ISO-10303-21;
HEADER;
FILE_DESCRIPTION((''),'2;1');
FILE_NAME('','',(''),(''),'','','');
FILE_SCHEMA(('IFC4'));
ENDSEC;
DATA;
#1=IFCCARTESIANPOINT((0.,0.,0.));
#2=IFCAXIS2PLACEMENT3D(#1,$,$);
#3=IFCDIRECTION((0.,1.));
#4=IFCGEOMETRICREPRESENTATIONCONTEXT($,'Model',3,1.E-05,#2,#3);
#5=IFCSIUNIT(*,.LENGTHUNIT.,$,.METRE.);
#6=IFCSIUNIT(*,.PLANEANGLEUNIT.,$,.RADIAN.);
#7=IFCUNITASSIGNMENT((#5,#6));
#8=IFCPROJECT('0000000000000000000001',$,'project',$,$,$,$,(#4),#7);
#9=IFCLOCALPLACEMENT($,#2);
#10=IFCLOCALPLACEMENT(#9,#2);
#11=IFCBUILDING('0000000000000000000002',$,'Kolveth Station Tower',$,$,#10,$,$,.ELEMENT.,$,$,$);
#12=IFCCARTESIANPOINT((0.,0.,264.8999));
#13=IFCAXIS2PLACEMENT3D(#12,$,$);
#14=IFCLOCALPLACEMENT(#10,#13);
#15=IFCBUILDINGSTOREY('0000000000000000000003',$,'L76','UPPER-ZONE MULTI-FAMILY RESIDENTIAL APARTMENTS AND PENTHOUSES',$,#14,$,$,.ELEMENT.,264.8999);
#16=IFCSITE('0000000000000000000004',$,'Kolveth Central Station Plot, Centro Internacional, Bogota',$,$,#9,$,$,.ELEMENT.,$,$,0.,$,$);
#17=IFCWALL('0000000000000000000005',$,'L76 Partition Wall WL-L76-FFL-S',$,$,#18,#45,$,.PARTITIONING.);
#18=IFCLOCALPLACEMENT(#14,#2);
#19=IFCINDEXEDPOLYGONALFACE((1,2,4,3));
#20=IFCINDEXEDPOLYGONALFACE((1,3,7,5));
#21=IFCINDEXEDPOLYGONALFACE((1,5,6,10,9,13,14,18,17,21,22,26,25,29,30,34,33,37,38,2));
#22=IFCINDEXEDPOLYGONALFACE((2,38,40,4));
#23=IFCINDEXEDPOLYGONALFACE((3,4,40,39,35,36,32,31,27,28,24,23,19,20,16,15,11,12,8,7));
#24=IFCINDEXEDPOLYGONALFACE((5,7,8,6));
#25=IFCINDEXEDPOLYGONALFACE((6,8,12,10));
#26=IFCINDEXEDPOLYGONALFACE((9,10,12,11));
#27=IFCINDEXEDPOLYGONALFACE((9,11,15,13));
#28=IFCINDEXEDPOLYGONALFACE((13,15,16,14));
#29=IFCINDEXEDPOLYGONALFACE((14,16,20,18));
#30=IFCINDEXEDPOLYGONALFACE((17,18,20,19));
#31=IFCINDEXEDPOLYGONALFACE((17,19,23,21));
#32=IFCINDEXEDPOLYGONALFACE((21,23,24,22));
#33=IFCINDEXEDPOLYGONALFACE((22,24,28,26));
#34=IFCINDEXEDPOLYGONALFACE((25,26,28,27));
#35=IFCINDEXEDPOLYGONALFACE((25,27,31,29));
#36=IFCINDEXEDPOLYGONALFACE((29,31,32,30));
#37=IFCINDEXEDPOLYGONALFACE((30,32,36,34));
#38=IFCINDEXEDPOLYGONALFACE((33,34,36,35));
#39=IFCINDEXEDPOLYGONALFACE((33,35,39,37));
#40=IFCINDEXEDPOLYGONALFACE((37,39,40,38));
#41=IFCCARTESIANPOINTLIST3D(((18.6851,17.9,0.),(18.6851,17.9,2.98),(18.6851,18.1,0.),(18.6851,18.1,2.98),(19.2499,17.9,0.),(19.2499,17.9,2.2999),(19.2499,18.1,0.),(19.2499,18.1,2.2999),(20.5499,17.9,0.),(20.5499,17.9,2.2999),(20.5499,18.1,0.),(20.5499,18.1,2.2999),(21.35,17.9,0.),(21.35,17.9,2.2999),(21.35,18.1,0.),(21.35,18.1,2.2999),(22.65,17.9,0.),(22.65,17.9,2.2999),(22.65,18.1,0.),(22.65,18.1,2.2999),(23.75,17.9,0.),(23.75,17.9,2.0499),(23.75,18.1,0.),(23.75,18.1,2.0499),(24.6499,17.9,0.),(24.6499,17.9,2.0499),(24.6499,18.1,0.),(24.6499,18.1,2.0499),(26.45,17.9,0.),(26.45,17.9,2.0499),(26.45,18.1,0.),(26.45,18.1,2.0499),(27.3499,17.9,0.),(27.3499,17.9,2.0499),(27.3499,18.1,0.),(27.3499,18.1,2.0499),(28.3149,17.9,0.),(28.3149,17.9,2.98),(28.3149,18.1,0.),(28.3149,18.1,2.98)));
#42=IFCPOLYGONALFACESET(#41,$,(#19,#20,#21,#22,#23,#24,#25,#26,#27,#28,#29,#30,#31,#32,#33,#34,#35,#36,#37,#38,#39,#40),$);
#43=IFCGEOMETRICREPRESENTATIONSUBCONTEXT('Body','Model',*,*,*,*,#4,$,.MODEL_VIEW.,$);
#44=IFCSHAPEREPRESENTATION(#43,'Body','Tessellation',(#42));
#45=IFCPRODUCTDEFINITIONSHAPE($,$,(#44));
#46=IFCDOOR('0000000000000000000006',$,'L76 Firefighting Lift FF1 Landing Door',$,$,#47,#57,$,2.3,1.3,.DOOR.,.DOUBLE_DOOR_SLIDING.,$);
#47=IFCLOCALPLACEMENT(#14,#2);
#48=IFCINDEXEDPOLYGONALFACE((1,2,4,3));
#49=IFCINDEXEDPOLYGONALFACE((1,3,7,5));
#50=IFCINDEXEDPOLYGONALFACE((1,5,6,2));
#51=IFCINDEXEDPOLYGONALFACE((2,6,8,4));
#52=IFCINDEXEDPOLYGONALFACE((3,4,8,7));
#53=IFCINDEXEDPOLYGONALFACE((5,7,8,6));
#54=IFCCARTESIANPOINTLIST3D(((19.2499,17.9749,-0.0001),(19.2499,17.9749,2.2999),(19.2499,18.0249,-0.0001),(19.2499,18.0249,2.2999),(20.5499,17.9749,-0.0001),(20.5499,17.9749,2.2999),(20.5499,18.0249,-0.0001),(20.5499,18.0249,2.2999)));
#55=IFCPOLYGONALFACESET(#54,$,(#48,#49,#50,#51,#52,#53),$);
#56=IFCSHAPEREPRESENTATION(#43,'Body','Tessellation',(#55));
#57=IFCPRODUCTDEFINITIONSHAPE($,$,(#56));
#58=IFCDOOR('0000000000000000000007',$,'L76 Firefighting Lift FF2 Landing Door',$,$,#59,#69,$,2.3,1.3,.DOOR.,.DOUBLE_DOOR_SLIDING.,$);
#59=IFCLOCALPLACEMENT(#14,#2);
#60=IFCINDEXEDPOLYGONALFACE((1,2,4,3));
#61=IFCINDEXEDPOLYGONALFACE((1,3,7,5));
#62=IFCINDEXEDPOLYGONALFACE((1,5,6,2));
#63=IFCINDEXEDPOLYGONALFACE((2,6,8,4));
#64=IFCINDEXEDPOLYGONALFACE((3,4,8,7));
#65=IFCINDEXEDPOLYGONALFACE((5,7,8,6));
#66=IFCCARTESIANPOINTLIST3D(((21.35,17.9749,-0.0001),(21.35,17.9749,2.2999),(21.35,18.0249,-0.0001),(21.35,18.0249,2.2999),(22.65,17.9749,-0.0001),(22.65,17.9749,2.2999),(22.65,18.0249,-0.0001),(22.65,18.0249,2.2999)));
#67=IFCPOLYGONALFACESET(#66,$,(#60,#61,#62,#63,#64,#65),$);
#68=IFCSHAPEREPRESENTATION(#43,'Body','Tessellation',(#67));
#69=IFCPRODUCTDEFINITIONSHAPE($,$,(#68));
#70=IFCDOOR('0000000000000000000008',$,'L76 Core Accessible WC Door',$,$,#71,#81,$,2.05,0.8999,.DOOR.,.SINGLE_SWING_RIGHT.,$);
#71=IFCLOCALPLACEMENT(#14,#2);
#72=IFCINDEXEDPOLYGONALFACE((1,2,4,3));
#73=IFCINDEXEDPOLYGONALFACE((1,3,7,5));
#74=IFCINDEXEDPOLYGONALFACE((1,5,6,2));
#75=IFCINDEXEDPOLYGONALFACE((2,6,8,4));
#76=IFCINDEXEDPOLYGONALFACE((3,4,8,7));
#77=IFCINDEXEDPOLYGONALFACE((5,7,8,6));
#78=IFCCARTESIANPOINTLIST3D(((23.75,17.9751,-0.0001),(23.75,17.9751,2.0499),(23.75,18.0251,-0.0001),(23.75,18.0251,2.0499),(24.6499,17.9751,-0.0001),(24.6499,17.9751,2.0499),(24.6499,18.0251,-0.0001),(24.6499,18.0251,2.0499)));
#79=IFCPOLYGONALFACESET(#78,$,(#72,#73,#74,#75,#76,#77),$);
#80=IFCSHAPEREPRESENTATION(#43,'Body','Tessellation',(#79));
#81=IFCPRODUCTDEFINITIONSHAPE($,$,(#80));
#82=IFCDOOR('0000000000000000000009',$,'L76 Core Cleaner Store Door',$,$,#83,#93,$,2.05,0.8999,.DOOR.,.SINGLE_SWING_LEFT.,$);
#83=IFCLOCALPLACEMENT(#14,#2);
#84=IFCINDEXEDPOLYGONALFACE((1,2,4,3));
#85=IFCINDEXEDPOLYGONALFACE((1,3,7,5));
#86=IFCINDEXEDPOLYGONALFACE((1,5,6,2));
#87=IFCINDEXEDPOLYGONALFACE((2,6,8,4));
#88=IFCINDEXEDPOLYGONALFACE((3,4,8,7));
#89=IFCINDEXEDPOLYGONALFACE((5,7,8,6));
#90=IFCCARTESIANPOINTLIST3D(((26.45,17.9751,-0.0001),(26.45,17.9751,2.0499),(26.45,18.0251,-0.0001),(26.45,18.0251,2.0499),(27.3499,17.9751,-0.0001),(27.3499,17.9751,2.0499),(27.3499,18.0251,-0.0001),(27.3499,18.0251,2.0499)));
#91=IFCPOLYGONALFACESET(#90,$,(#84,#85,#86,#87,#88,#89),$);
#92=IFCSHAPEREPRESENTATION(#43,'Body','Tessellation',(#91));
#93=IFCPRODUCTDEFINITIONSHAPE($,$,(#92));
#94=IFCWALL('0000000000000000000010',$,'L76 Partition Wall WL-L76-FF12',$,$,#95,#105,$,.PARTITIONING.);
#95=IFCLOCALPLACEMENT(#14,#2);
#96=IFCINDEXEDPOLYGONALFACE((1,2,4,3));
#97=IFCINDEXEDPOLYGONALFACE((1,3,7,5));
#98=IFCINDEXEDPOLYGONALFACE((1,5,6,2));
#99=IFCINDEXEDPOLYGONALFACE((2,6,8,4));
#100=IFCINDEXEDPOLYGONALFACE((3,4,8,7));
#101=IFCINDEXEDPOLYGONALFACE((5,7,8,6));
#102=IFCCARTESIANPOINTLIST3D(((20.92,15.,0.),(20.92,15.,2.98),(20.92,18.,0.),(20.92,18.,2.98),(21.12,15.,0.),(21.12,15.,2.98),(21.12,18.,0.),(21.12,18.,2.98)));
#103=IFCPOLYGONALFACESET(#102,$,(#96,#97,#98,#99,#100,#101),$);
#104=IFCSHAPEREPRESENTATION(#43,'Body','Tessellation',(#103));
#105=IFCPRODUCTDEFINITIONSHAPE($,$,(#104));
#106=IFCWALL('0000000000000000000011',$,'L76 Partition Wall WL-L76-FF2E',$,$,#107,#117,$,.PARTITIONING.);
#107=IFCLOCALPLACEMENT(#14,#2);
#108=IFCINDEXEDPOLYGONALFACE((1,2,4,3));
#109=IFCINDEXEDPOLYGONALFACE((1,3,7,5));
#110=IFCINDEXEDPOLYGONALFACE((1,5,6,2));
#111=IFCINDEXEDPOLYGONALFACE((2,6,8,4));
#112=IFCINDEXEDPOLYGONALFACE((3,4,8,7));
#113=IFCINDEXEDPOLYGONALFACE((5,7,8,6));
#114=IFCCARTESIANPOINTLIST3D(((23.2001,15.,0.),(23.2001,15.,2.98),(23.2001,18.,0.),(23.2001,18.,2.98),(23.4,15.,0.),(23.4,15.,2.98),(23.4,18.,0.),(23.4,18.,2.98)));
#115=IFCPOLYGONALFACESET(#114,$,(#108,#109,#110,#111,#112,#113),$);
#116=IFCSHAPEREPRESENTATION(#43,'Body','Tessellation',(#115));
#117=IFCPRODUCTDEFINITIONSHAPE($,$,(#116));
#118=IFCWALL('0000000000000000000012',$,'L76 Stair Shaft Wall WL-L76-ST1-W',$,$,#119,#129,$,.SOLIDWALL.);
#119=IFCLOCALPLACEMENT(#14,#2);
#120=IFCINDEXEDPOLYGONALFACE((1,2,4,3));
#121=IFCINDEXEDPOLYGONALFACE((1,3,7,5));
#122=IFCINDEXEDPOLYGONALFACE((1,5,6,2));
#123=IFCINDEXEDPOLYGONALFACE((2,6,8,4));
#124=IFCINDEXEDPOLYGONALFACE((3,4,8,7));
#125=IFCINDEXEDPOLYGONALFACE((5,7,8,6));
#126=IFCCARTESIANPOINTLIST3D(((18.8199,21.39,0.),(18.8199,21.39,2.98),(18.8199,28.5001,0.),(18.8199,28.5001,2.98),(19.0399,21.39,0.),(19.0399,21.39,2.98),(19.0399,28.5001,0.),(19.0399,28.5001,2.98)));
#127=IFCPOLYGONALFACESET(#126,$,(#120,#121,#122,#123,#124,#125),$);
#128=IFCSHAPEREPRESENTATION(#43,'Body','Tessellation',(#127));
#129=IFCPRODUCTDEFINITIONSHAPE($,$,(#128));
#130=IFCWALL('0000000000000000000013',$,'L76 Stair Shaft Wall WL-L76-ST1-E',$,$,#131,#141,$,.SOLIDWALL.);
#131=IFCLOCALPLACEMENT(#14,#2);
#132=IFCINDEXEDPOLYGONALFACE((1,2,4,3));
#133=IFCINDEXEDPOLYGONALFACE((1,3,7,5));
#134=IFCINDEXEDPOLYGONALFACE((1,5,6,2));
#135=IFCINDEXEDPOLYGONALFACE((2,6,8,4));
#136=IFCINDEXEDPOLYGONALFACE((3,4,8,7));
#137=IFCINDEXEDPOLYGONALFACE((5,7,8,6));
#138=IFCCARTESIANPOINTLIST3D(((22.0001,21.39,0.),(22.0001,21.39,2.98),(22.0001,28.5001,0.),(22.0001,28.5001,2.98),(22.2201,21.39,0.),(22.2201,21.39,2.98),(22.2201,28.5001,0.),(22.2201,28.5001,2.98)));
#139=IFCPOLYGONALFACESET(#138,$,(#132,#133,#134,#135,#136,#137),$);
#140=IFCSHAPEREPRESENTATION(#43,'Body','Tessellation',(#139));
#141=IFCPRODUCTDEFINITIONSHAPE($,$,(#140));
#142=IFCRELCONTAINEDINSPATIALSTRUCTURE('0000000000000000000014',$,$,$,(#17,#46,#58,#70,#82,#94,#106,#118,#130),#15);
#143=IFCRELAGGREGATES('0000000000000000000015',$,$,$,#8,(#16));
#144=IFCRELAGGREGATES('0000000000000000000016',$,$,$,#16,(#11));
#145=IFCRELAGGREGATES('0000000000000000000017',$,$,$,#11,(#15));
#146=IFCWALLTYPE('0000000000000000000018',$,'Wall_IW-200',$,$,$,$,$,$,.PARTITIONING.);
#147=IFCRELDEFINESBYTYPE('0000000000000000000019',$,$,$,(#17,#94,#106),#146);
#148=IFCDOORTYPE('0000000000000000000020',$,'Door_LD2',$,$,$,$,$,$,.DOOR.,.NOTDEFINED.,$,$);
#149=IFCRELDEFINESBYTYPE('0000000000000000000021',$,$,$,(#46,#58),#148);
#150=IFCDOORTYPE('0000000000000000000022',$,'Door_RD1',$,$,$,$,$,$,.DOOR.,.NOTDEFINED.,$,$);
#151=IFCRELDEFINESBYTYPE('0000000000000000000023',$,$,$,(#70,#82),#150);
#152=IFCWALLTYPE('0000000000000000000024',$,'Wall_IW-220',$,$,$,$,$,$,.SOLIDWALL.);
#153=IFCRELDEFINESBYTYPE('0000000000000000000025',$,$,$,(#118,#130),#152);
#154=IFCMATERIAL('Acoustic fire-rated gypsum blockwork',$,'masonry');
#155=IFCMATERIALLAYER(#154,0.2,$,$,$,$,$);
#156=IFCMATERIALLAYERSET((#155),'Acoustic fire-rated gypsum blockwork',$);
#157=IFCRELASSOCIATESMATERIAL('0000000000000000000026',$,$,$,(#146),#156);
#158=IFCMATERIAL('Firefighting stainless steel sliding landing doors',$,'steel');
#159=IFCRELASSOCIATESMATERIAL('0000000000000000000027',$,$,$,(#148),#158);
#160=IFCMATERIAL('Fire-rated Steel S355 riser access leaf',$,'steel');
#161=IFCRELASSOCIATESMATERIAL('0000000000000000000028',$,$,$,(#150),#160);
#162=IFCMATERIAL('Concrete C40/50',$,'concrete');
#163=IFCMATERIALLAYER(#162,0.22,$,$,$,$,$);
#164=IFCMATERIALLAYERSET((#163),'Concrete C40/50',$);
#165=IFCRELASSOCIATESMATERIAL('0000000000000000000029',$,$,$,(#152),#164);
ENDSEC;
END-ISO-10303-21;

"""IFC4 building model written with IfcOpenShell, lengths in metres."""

from ifc_helpers import new_model, si_unit, direction, frame, frame_2d, origin, place, context, subcontext, project, spatial, rectangle, extrude, material, layer, layer_set, type_object, element, fill, save


model = new_model("IFC4")

# Units and contexts
model_context = context("Model", 3, precision=1e-05, world=origin(), true_north=direction((0.0, 1.0)))
body_context = subcontext(model_context, "Body", "Model", "MODEL_VIEW")
ifc_project = project(units=[si_unit("LENGTHUNIT", "METRE"), si_unit("PLANEANGLEUNIT", "RADIAN")], contexts=[model_context])

# Site, building, storey
site_placement = place(None, origin())
site = spatial("IfcSite", under=ifc_project, at=site_placement, Name="Kolveth Central Station Plot, Centro Internacional, Bogota", CompositionType="ELEMENT", RefElevation=0.0)
building_placement = place(site_placement, origin())
building = spatial("IfcBuilding", under=site, at=building_placement, Name="Kolveth Station Tower", CompositionType="ELEMENT")
storey_placement = place(building_placement, frame((0.0, 0.0, 264.8999)))
storey = spatial("IfcBuildingStorey", under=building, at=storey_placement, Name="L76", Description="UPPER-ZONE MULTI-FAMILY RESIDENTIAL APARTMENTS AND PENTHOUSES", CompositionType="ELEMENT", Elevation=264.8999)

# Shared definitions
ifc_material_1 = material(Name="Acoustic fire-rated gypsum blockwork", Category="masonry")
ifc_layer_1 = layer(ifc_material_1, 0.2)
ifc_layer_set_1 = layer_set([ifc_layer_1], Name="Acoustic fire-rated gypsum blockwork")
wall_type_1 = type_object("IfcWallType", Name="Wall_IW-200", PredefinedType="PARTITIONING", material=ifc_layer_set_1)

# Wall, openings, doors
wall_1_placement = place(storey_placement, frame((18.6851, 18.0, 0.0), z_axis=(0.0, 0.0, 1.0), x_axis=(1.0, 0.0, 0.0)))
wall_1 = element("IfcWall", 1, at=wall_1_placement, inside=storey, type_object=wall_type_1, Name="L76 Partition Wall WL-L76-FFL-S", PredefinedType="PARTITIONING", context=body_context, shape_type="SweptSolid", body=[
    extrude(rectangle(XDim=9.6299, YDim=0.2, at=frame_2d((4.8149, 0.0))), origin(), (0.0, 0.0, 1.0), 2.98),
])
opening_1_placement = place(wall_1_placement, frame((0.5649, 0.0, 0.0)))
opening_1 = element("IfcOpeningElement", 2, at=opening_1_placement, cuts=wall_1, PredefinedType="OPENING", context=body_context, shape_type="SweptSolid", body=[
    extrude(rectangle(XDim=1.3, YDim=2.3, at=frame_2d((0.6499, 1.1499))), frame((0.0, 0.1099, 0.0), z_axis=(0.0, -1.0, 0.0), x_axis=(1.0, 0.0, 0.0)), (0.0, 0.0, 1.0), 0.22),
])
opening_2_placement = place(wall_1_placement, frame((2.665, 0.0, 0.0)))
opening_2 = element("IfcOpeningElement", 3, at=opening_2_placement, cuts=wall_1, PredefinedType="OPENING", context=body_context, shape_type="SweptSolid", body=[
    extrude(rectangle(XDim=1.3, YDim=2.3, at=frame_2d((0.6499, 1.1499))), frame((0.0, 0.1099, 0.0), z_axis=(0.0, -1.0, 0.0), x_axis=(1.0, 0.0, 0.0)), (0.0, 0.0, 1.0), 0.22),
])
opening_3_placement = place(wall_1_placement, frame((5.0649, 0.0, 0.0)))
opening_3 = element("IfcOpeningElement", 4, at=opening_3_placement, cuts=wall_1, PredefinedType="OPENING", context=body_context, shape_type="SweptSolid", body=[
    extrude(rectangle(XDim=0.8999, YDim=2.05, at=frame_2d((0.45, 1.0249))), frame((0.0, 0.1099, 0.0), z_axis=(0.0, -1.0, 0.0), x_axis=(1.0, 0.0, 0.0)), (0.0, 0.0, 1.0), 0.22),
])
opening_4_placement = place(wall_1_placement, frame((7.7649, 0.0, 0.0)))
opening_4 = element("IfcOpeningElement", 5, at=opening_4_placement, cuts=wall_1, PredefinedType="OPENING", context=body_context, shape_type="SweptSolid", body=[
    extrude(rectangle(XDim=0.8999, YDim=2.05, at=frame_2d((0.45, 1.0249))), frame((0.0, 0.1099, 0.0), z_axis=(0.0, -1.0, 0.0), x_axis=(1.0, 0.0, 0.0)), (0.0, 0.0, 1.0), 0.22),
])
ifc_material_2 = material(Name="Firefighting stainless steel sliding landing doors", Category="steel")
door_type_1 = type_object("IfcDoorType", Name="Door_LD2", OperationType="NOTDEFINED", PredefinedType="DOOR", material=ifc_material_2)
door_1_placement = place(opening_1_placement, origin())
door_1 = element("IfcDoor", 6, at=door_1_placement, inside=storey, type_object=door_type_1, Name="L76 Firefighting Lift FF1 Landing Door", OperationType="DOUBLE_DOOR_SLIDING", OverallHeight=2.3, OverallWidth=1.3, PredefinedType="DOOR", context=body_context, shape_type="SweptSolid", body=[
    extrude(rectangle(XDim=1.3, YDim=2.3, at=frame_2d((0.6499, 1.1499))), frame((0.0, 0.0249, 0.0), z_axis=(0.0, -1.0, 0.0), x_axis=(1.0, 0.0, 0.0)), (0.0, 0.0, 1.0), 0.05),
])
fill(opening_1, door_1)
door_2_placement = place(opening_2_placement, origin())
door_2 = element("IfcDoor", 7, at=door_2_placement, inside=storey, type_object=door_type_1, Name="L76 Firefighting Lift FF2 Landing Door", OperationType="DOUBLE_DOOR_SLIDING", OverallHeight=2.3, OverallWidth=1.3, PredefinedType="DOOR", context=body_context, shape_type="SweptSolid", body=[
    extrude(rectangle(XDim=1.3, YDim=2.3, at=frame_2d((0.6499, 1.1499))), frame((0.0, 0.0249, 0.0), z_axis=(0.0, -1.0, 0.0), x_axis=(1.0, 0.0, 0.0)), (0.0, 0.0, 1.0), 0.05),
])
fill(opening_2, door_2)
ifc_material_3 = material(Name="Fire-rated Steel S355 riser access leaf", Category="steel")
door_type_2 = type_object("IfcDoorType", Name="Door_RD1", OperationType="NOTDEFINED", PredefinedType="DOOR", material=ifc_material_3)
door_3_placement = place(opening_3_placement, frame((0.8999, 0.0, 0.0), z_axis=(0.0, 0.0, 1.0), x_axis=(-1.0, 0.0, 0.0)))
door_3 = element("IfcDoor", 8, at=door_3_placement, inside=storey, type_object=door_type_2, Name="L76 Core Accessible WC Door", OperationType="SINGLE_SWING_RIGHT", OverallHeight=2.05, OverallWidth=0.8999, PredefinedType="DOOR", context=body_context, shape_type="SweptSolid", body=[
    extrude(rectangle(XDim=0.8999, YDim=2.05, at=frame_2d((0.45, 1.0249))), frame((0.0, 0.0249, 0.0), z_axis=(0.0, -1.0, 0.0), x_axis=(1.0, 0.0, 0.0)), (0.0, 0.0, 1.0), 0.05),
])
fill(opening_3, door_3)
door_4_placement = place(opening_4_placement, frame((0.8999, 0.0, 0.0), z_axis=(0.0, 0.0, 1.0), x_axis=(-1.0, 0.0, 0.0)))
door_4 = element("IfcDoor", 9, at=door_4_placement, inside=storey, type_object=door_type_2, Name="L76 Core Cleaner Store Door", OperationType="SINGLE_SWING_LEFT", OverallHeight=2.05, OverallWidth=0.8999, PredefinedType="DOOR", context=body_context, shape_type="SweptSolid", body=[
    extrude(rectangle(XDim=0.8999, YDim=2.05, at=frame_2d((0.45, 1.0249))), frame((0.0, 0.0249, 0.0), z_axis=(0.0, -1.0, 0.0), x_axis=(1.0, 0.0, 0.0)), (0.0, 0.0, 1.0), 0.05),
])
fill(opening_4, door_4)

# Walls
for number, where, z_axis, x_axis, name in (
    (10, (21.02, 15.0, 0.0), (0.0, 0.0, 1.0), (0.0, 1.0, 0.0), "L76 Partition Wall WL-L76-FF12"),
    (11, (23.3, 15.0, 0.0), (0.0, 0.0, 1.0), (0.0, 1.0, 0.0), "L76 Partition Wall WL-L76-FF2E"),
):
    element("IfcWall", number, at=place(storey_placement, frame(where, z_axis=z_axis, x_axis=x_axis)), inside=storey, type_object=wall_type_1, Name=name, PredefinedType="PARTITIONING", context=body_context, shape_type="SweptSolid", body=[
        extrude(rectangle(XDim=3.0, YDim=0.2, at=frame_2d((1.5, 0.0))), origin(), (0.0, 0.0, 1.0), 2.98),
    ])
ifc_material_4 = material(Name="Concrete C40/50", Category="concrete")
ifc_layer_2 = layer(ifc_material_4, 0.22)
ifc_layer_set_2 = layer_set([ifc_layer_2], Name="Concrete C40/50")
wall_type_2 = type_object("IfcWallType", Name="Wall_IW-220", PredefinedType="SOLIDWALL", material=ifc_layer_set_2)
for number, where, z_axis, x_axis, name in (
    (12, (18.9299, 21.3899, 0.0), (0.0, 0.0, 1.0), (0.0, 1.0, 0.0), "L76 Stair Shaft Wall WL-L76-ST1-W"),
    (13, (22.1101, 21.3899, 0.0), (0.0, 0.0, 1.0), (0.0, 1.0, 0.0), "L76 Stair Shaft Wall WL-L76-ST1-E"),
):
    element("IfcWall", number, at=place(storey_placement, frame(where, z_axis=z_axis, x_axis=x_axis)), inside=storey, type_object=wall_type_2, Name=name, PredefinedType="SOLIDWALL", context=body_context, shape_type="SweptSolid", body=[
        extrude(rectangle(XDim=7.1101, YDim=0.22, at=frame_2d((3.5552, 0.0))), origin(), (0.0, 0.0, 1.0), 2.98),
    ])

save(model, "model.ifc")
